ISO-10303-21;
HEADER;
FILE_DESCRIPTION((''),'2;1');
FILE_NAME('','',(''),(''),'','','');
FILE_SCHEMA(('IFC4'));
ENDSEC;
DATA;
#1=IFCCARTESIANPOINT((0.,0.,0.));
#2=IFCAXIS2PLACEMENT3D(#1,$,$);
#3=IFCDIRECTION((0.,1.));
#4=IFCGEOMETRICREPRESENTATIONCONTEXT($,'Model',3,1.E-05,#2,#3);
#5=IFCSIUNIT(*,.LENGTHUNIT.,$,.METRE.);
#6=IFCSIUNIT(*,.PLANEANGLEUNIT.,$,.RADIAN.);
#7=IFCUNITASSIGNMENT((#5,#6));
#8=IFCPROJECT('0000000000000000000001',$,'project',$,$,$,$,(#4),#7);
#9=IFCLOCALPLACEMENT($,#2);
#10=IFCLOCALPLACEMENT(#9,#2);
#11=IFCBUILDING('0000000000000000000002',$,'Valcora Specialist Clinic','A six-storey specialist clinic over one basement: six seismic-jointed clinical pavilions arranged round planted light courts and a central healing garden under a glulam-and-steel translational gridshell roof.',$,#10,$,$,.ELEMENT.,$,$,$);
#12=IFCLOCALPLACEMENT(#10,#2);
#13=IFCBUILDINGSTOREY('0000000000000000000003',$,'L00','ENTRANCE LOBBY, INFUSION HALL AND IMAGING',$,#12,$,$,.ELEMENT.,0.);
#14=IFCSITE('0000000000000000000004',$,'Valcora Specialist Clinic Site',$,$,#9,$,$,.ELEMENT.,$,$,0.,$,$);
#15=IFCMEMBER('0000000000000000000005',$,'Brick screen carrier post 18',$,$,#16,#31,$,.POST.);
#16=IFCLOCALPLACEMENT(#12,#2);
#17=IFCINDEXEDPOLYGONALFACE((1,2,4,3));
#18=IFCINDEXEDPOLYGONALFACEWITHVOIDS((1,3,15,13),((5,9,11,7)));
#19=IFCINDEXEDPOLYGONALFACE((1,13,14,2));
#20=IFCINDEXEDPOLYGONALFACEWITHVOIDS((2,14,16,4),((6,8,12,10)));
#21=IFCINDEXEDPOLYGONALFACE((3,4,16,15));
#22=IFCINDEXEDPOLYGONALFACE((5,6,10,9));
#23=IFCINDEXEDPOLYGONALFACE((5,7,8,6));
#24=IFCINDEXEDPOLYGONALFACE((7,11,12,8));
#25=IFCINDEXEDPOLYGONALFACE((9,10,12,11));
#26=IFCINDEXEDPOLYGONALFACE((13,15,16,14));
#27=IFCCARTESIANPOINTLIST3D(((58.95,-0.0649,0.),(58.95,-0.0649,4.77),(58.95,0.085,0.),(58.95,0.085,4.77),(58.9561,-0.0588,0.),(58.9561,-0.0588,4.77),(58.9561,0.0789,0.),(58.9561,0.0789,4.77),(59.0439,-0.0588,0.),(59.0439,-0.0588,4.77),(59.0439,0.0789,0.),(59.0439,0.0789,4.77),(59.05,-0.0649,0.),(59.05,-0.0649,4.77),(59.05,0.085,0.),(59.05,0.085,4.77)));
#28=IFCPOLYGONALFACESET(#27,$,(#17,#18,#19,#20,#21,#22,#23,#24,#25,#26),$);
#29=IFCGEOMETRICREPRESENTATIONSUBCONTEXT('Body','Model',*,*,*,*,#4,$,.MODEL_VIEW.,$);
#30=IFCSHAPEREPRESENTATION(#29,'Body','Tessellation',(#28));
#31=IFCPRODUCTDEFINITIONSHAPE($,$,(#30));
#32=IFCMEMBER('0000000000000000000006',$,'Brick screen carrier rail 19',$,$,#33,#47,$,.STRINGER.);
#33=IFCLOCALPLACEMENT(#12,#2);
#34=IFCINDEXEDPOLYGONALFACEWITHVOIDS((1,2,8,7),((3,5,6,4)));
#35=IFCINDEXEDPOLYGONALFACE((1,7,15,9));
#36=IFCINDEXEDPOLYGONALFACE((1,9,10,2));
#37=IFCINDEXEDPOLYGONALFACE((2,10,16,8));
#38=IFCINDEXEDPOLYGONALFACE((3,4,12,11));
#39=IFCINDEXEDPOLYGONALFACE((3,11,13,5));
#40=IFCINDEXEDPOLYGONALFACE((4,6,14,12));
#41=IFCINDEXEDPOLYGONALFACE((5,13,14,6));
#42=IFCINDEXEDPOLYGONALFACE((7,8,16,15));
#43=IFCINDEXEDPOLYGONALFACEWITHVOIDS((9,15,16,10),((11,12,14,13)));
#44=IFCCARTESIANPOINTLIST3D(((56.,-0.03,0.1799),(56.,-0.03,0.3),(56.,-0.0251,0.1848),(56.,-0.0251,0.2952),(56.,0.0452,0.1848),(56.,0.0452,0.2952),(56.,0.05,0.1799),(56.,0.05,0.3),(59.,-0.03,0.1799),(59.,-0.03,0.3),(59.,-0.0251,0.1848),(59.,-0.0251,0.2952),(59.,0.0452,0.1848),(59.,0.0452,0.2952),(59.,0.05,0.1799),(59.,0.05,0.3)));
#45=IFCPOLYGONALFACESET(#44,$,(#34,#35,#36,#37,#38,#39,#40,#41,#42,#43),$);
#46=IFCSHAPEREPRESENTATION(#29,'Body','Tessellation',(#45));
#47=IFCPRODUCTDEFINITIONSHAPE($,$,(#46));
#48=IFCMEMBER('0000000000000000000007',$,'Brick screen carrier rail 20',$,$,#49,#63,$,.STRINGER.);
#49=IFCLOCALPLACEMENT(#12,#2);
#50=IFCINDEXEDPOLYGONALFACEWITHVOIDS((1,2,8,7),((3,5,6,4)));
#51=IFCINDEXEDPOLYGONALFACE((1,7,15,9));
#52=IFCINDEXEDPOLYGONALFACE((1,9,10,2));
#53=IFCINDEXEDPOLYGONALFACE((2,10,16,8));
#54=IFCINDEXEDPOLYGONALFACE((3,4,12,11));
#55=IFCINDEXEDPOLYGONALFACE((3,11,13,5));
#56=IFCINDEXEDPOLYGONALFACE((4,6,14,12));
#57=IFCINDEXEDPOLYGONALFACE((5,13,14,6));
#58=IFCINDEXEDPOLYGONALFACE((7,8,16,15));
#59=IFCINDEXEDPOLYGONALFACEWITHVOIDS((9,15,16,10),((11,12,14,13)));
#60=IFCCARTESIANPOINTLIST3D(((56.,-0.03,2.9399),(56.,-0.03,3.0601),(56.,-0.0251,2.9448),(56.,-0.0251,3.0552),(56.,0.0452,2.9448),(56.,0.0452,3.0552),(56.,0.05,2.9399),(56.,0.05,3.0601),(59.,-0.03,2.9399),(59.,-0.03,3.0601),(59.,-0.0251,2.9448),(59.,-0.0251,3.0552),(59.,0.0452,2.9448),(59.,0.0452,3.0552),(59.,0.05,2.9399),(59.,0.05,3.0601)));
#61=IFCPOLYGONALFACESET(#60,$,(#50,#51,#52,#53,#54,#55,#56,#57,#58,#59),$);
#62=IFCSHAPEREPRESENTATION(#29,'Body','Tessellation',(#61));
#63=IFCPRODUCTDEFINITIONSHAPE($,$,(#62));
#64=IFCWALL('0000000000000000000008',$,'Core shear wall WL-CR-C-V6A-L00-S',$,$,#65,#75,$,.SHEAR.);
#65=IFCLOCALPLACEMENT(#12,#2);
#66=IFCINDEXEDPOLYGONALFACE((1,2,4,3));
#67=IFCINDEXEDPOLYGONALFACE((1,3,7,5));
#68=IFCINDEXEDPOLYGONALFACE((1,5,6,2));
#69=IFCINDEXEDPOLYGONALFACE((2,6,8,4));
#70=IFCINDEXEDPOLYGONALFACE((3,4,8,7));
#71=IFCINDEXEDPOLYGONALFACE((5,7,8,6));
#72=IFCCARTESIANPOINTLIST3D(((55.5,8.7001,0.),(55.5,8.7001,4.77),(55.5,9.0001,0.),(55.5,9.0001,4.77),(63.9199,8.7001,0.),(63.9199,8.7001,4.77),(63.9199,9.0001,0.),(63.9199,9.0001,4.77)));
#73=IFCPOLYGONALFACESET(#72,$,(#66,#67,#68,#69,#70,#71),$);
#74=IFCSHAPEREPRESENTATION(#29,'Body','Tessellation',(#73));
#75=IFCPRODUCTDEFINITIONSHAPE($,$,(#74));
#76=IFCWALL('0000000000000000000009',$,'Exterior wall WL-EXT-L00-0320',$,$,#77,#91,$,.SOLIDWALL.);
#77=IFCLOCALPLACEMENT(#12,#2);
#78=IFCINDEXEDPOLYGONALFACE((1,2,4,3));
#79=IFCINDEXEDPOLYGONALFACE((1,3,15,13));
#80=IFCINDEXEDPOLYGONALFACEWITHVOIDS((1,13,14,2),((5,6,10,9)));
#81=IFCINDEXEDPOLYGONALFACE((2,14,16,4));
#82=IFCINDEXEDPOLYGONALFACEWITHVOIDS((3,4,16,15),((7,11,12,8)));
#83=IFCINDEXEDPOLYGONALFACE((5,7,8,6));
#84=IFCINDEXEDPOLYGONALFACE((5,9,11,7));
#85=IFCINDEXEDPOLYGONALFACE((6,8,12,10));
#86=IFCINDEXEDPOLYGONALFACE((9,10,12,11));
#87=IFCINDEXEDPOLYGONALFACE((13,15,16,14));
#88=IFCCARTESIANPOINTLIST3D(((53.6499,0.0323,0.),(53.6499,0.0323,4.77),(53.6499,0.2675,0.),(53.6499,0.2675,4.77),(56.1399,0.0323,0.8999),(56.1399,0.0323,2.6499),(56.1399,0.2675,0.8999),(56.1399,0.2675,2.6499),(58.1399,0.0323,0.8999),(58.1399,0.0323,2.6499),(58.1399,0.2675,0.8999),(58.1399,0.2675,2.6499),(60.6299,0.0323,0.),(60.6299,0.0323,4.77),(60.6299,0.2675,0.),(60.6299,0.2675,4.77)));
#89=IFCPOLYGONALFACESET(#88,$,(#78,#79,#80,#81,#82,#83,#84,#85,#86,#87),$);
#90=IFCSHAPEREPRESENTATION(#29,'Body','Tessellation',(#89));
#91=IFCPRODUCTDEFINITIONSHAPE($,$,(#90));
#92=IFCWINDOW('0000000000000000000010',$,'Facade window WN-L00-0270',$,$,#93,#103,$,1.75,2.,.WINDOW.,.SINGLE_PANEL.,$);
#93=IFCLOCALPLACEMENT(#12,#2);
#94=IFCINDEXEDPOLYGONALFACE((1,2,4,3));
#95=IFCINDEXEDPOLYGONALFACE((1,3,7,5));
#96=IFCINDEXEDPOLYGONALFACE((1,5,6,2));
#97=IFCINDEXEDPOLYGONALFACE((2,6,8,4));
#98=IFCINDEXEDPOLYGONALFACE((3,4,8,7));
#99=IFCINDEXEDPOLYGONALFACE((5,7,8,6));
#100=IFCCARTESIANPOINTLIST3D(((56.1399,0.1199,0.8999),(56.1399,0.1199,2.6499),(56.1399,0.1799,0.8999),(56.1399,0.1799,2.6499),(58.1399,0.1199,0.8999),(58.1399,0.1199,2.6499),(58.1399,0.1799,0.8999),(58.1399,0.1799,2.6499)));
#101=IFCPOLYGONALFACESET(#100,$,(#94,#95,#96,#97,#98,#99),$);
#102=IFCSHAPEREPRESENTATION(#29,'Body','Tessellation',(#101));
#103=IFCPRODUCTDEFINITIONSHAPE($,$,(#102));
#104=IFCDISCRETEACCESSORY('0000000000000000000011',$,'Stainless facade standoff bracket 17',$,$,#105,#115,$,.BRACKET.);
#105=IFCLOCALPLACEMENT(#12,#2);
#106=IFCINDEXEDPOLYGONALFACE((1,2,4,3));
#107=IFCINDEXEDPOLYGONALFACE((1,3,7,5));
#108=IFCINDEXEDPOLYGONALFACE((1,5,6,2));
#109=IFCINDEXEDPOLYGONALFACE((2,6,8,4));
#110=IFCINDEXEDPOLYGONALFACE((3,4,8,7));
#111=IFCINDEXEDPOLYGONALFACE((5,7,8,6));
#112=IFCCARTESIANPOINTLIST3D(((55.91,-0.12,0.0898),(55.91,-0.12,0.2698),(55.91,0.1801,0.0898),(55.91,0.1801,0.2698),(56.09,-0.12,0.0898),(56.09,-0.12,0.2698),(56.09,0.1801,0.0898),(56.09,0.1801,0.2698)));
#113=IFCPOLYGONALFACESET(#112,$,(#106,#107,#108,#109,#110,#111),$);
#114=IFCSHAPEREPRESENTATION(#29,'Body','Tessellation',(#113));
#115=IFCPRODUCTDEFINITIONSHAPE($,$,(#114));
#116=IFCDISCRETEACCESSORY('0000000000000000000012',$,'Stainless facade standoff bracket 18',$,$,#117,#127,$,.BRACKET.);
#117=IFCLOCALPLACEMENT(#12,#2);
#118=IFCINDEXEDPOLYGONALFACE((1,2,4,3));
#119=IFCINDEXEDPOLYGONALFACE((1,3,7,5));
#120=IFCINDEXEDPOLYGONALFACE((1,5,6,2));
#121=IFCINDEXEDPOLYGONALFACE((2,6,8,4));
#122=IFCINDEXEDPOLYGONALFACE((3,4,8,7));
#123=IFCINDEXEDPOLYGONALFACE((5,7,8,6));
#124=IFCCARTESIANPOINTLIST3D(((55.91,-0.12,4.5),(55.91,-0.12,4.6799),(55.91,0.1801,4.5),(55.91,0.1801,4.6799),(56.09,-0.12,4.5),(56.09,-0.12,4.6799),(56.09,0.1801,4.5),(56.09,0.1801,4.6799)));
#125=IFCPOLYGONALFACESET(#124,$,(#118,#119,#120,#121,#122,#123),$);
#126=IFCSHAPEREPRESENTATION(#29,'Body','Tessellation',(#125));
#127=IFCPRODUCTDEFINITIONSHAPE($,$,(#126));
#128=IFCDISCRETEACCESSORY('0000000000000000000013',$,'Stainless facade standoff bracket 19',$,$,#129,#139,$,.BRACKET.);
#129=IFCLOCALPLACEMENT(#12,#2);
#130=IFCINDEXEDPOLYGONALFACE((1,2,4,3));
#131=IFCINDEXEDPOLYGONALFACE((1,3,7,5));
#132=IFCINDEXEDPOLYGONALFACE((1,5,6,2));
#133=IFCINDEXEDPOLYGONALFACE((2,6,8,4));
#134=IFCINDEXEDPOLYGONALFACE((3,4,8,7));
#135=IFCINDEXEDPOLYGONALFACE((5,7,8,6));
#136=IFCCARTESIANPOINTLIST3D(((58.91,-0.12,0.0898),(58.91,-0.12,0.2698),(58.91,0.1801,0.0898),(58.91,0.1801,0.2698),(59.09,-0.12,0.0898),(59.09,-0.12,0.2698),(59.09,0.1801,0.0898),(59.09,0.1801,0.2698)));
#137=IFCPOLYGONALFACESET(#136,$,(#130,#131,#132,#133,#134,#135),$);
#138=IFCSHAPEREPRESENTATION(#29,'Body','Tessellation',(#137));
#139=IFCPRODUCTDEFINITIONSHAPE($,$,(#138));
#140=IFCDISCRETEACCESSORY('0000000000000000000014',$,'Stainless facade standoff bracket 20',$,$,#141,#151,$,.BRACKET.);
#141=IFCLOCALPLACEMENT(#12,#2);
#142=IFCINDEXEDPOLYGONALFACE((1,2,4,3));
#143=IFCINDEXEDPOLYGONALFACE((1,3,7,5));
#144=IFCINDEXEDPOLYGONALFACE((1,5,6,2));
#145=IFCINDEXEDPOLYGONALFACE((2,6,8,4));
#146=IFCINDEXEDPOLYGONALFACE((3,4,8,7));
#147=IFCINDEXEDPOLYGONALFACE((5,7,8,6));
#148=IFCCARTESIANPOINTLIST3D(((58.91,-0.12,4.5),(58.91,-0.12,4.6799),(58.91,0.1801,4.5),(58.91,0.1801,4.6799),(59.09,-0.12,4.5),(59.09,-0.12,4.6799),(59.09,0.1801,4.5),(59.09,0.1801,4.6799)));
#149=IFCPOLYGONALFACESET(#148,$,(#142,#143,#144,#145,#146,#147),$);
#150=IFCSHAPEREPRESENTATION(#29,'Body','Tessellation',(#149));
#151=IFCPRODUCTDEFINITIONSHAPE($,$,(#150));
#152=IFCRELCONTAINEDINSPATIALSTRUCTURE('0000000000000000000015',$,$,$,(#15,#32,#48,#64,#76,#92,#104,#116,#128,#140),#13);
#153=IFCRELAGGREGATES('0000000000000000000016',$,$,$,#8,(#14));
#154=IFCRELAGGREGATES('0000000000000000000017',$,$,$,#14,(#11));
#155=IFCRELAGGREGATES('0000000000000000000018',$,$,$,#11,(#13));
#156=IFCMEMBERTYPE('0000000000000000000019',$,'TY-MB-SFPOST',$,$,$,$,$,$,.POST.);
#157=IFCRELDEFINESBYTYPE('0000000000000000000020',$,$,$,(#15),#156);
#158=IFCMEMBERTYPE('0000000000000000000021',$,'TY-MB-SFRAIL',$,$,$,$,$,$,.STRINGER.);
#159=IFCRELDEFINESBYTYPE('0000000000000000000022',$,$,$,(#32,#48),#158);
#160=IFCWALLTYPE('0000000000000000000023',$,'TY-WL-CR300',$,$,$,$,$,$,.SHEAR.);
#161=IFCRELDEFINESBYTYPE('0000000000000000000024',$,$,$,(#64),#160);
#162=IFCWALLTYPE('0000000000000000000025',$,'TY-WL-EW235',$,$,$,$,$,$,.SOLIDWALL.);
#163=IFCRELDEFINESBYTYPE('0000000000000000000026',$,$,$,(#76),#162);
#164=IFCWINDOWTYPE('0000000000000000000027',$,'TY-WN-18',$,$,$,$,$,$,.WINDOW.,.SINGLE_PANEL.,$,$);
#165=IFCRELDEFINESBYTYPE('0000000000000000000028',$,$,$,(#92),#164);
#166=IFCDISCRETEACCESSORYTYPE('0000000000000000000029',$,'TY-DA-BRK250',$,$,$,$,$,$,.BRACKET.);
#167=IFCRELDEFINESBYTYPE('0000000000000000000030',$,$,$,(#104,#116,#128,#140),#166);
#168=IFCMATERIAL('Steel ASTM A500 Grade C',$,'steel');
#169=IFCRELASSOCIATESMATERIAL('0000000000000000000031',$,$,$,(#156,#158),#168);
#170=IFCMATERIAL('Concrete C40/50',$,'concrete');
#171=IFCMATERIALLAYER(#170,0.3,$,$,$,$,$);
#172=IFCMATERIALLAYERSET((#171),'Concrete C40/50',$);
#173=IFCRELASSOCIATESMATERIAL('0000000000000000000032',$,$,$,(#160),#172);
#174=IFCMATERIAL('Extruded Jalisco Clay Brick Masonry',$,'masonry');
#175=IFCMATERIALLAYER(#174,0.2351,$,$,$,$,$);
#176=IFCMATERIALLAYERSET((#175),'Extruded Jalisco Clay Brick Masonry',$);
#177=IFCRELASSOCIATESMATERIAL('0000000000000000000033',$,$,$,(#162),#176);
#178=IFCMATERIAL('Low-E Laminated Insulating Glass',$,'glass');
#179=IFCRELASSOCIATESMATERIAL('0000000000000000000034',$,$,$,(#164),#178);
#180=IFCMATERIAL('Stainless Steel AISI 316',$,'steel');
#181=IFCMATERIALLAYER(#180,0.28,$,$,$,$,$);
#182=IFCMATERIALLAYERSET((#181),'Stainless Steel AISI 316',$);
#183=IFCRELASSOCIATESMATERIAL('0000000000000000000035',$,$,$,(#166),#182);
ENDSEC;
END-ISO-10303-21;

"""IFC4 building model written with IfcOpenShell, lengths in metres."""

from ifc_helpers import new_model, si_unit, direction, frame, frame_2d, origin, origin_2d, place, context, subcontext, project, spatial, rectangle, hollow_rectangle, extrude, material, layer, layer_set, material_profile, profile_set, type_object, element, fill, save


model = new_model("IFC4")

# Units and contexts
model_context = context("Model", 3, precision=1e-05, world=origin(), true_north=direction((0.0, 1.0)))
body_context = subcontext(model_context, "Body", "Model", "MODEL_VIEW")
ifc_project = project(units=[si_unit("LENGTHUNIT", "METRE"), si_unit("PLANEANGLEUNIT", "RADIAN")], contexts=[model_context])

# Site, building, storey
site_placement = place(None, origin())
site = spatial("IfcSite", under=ifc_project, at=site_placement, Name="Valcora Specialist Clinic Site", CompositionType="ELEMENT", RefElevation=0.0)
building_placement = place(site_placement, origin())
building = spatial("IfcBuilding", under=site, at=building_placement, Name="Valcora Specialist Clinic", Description="A six-storey specialist clinic over one basement: six seismic-jointed clinical pavilions arranged round planted light courts and a central healing garden under a glulam-and-steel translational gridshell roof.", CompositionType="ELEMENT")
storey_placement = place(building_placement, origin())
storey = spatial("IfcBuildingStorey", under=building, at=storey_placement, Name="L00", Description="ENTRANCE LOBBY, INFUSION HALL AND IMAGING", CompositionType="ELEMENT", Elevation=0.0)

# Shared definitions
ifc_material_1 = material(Name="Concrete C40/50", Category="concrete")

# Members
ifc_material_2 = material(Name="Steel ASTM A500 Grade C", Category="steel")
ifc_material_profile_1 = material_profile(ifc_material_2, hollow_rectangle(XDim=0.1001, YDim=0.1499, WallThickness=0.0061, at=origin_2d()), Name="ST-RHS-150X100X6")
ifc_profile_set_1 = profile_set([ifc_material_profile_1], Name="Steel ASTM A500 Grade C")
member_type_1 = type_object("IfcMemberType", Name="TY-MB-SFPOST", PredefinedType="POST", material=ifc_profile_set_1)
for number, where, z_axis, x_axis, name in (
    (1, (59.0, 0.01, 0.0), (0.0, 0.0, 1.0), (1.0, 0.0, 0.0), "Brick screen carrier post 18"),
):
    element("IfcMember", number, at=place(storey_placement, frame(where, z_axis=z_axis, x_axis=x_axis)), inside=storey, type_object=member_type_1, Name=name, PredefinedType="POST", context=body_context, shape_type="SweptSolid", body=[
        extrude(hollow_rectangle(XDim=0.1001, YDim=0.1499, WallThickness=0.0061, at=origin_2d()), origin(), (0.0, 0.0, 1.0), 4.77),
    ])
ifc_material_profile_2 = material_profile(ifc_material_2, hollow_rectangle(XDim=0.0801, YDim=0.1201, WallThickness=0.0049, at=origin_2d()), Name="ST-RHS-120X80X5")
ifc_profile_set_2 = profile_set([ifc_material_profile_2], Name="Steel ASTM A500 Grade C")
member_type_2 = type_object("IfcMemberType", Name="TY-MB-SFRAIL", PredefinedType="STRINGER", material=ifc_profile_set_2)
for number, where, z_axis, x_axis, name in (
    (2, (56.0, 0.01, 0.24), (1.0, 0.0, 0.0), (0.0, 1.0, 0.0), "Brick screen carrier rail 19"),
    (3, (56.0, 0.01, 3.0), (1.0, 0.0, 0.0), (0.0, 1.0, 0.0), "Brick screen carrier rail 20"),
):
    element("IfcMember", number, at=place(storey_placement, frame(where, z_axis=z_axis, x_axis=x_axis)), inside=storey, type_object=member_type_2, Name=name, PredefinedType="STRINGER", context=body_context, shape_type="SweptSolid", body=[
        extrude(hollow_rectangle(XDim=0.0801, YDim=0.1201, WallThickness=0.0049, at=origin_2d()), origin(), (0.0, 0.0, 1.0), 3.0),
    ])

# Wall
ifc_layer_1 = layer(ifc_material_1, 0.3)
ifc_layer_set_1 = layer_set([ifc_layer_1], Name="Concrete C40/50")
wall_type_1 = type_object("IfcWallType", Name="TY-WL-CR300", PredefinedType="SHEAR", material=ifc_layer_set_1)
wall_1_placement = place(storey_placement, frame((55.5, 8.8501, 0.0), z_axis=(0.0, 0.0, 1.0), x_axis=(1.0, 0.0, 0.0)))
element("IfcWall", 4, at=wall_1_placement, inside=storey, type_object=wall_type_1, Name="Core shear wall WL-CR-C-V6A-L00-S", PredefinedType="SHEAR", context=body_context, shape_type="SweptSolid", body=[
    extrude(rectangle(XDim=8.4199, YDim=0.3, at=frame_2d((4.21, 0.0))), origin(), (0.0, 0.0, 1.0), 4.77),
])

# Wall, opening, window
ifc_material_3 = material(Name="Extruded Jalisco Clay Brick Masonry", Category="masonry")
ifc_layer_2 = layer(ifc_material_3, 0.2351)
ifc_layer_set_2 = layer_set([ifc_layer_2], Name="Extruded Jalisco Clay Brick Masonry")
wall_type_2 = type_object("IfcWallType", Name="TY-WL-EW235", PredefinedType="SOLIDWALL", material=ifc_layer_set_2)
wall_2_placement = place(storey_placement, frame((60.6299, 0.1499, 0.0), z_axis=(0.0, 0.0, 1.0), x_axis=(-1.0, 0.0, 0.0)))
wall_2 = element("IfcWall", 5, at=wall_2_placement, inside=storey, type_object=wall_type_2, Name="Exterior wall WL-EXT-L00-0320", PredefinedType="SOLIDWALL", context=body_context, shape_type="SweptSolid", body=[
    extrude(rectangle(XDim=6.98, YDim=0.2351, at=frame_2d((3.49, 0.0))), origin(), (0.0, 0.0, 1.0), 4.77),
])
opening_placement = place(wall_2_placement, frame((2.49, 0.0, 0.8999)))
opening = element("IfcOpeningElement", 6, at=opening_placement, cuts=wall_2, PredefinedType="OPENING", context=body_context, shape_type="SweptSolid", body=[
    extrude(rectangle(XDim=2.0, YDim=1.75, at=frame_2d((1.0, 0.875))), frame((0.0, 0.1274, 0.0), z_axis=(0.0, -1.0, 0.0), x_axis=(1.0, 0.0, 0.0)), (0.0, 0.0, 1.0), 0.2551),
])
ifc_material_4 = material(Name="Low-E Laminated Insulating Glass", Category="glass")
window_type = type_object("IfcWindowType", Name="TY-WN-18", PartitioningType="SINGLE_PANEL", PredefinedType="WINDOW", material=ifc_material_4)
window_placement = place(opening_placement, origin())
window = element("IfcWindow", 7, at=window_placement, inside=storey, type_object=window_type, Name="Facade window WN-L00-0270", OverallHeight=1.75, OverallWidth=2.0, PartitioningType="SINGLE_PANEL", PredefinedType="WINDOW", context=body_context, shape_type="SweptSolid", body=[
    extrude(rectangle(XDim=2.0, YDim=1.75, at=frame_2d((1.0, 0.875))), frame((0.0, 0.03, 0.0), z_axis=(0.0, -1.0, 0.0), x_axis=(1.0, 0.0, 0.0)), (0.0, 0.0, 1.0), 0.0601),
])
fill(opening, window)

# Discrete accessories
ifc_material_5 = material(Name="Stainless Steel AISI 316", Category="steel")
ifc_layer_3 = layer(ifc_material_5, 0.28)
ifc_layer_set_3 = layer_set([ifc_layer_3], Name="Stainless Steel AISI 316")
discrete_accessory_type = type_object("IfcDiscreteAccessoryType", Name="TY-DA-BRK250", PredefinedType="BRACKET", material=ifc_layer_set_3)
for number, where, z_axis, x_axis, name in (
    (8, (56.0, 0.03, 0.0898), (0.0, 0.0, 1.0), (1.0, 0.0, 0.0), "Stainless facade standoff bracket 17"),
    (9, (56.0, 0.03, 4.5), (0.0, 0.0, 1.0), (1.0, 0.0, 0.0), "Stainless facade standoff bracket 18"),
    (10, (59.0, 0.03, 0.0898), (0.0, 0.0, 1.0), (1.0, 0.0, 0.0), "Stainless facade standoff bracket 19"),
    (11, (59.0, 0.03, 4.5), (0.0, 0.0, 1.0), (1.0, 0.0, 0.0), "Stainless facade standoff bracket 20"),
):
    element("IfcDiscreteAccessory", number, at=place(storey_placement, frame(where, z_axis=z_axis, x_axis=x_axis)), inside=storey, type_object=discrete_accessory_type, Name=name, PredefinedType="BRACKET", context=body_context, shape_type="SweptSolid", body=[
        extrude(rectangle(XDim=0.1799, YDim=0.3, at=origin_2d()), origin(), (0.0, 0.0, 1.0), 0.1799),
    ])

save(model, "model.ifc")
